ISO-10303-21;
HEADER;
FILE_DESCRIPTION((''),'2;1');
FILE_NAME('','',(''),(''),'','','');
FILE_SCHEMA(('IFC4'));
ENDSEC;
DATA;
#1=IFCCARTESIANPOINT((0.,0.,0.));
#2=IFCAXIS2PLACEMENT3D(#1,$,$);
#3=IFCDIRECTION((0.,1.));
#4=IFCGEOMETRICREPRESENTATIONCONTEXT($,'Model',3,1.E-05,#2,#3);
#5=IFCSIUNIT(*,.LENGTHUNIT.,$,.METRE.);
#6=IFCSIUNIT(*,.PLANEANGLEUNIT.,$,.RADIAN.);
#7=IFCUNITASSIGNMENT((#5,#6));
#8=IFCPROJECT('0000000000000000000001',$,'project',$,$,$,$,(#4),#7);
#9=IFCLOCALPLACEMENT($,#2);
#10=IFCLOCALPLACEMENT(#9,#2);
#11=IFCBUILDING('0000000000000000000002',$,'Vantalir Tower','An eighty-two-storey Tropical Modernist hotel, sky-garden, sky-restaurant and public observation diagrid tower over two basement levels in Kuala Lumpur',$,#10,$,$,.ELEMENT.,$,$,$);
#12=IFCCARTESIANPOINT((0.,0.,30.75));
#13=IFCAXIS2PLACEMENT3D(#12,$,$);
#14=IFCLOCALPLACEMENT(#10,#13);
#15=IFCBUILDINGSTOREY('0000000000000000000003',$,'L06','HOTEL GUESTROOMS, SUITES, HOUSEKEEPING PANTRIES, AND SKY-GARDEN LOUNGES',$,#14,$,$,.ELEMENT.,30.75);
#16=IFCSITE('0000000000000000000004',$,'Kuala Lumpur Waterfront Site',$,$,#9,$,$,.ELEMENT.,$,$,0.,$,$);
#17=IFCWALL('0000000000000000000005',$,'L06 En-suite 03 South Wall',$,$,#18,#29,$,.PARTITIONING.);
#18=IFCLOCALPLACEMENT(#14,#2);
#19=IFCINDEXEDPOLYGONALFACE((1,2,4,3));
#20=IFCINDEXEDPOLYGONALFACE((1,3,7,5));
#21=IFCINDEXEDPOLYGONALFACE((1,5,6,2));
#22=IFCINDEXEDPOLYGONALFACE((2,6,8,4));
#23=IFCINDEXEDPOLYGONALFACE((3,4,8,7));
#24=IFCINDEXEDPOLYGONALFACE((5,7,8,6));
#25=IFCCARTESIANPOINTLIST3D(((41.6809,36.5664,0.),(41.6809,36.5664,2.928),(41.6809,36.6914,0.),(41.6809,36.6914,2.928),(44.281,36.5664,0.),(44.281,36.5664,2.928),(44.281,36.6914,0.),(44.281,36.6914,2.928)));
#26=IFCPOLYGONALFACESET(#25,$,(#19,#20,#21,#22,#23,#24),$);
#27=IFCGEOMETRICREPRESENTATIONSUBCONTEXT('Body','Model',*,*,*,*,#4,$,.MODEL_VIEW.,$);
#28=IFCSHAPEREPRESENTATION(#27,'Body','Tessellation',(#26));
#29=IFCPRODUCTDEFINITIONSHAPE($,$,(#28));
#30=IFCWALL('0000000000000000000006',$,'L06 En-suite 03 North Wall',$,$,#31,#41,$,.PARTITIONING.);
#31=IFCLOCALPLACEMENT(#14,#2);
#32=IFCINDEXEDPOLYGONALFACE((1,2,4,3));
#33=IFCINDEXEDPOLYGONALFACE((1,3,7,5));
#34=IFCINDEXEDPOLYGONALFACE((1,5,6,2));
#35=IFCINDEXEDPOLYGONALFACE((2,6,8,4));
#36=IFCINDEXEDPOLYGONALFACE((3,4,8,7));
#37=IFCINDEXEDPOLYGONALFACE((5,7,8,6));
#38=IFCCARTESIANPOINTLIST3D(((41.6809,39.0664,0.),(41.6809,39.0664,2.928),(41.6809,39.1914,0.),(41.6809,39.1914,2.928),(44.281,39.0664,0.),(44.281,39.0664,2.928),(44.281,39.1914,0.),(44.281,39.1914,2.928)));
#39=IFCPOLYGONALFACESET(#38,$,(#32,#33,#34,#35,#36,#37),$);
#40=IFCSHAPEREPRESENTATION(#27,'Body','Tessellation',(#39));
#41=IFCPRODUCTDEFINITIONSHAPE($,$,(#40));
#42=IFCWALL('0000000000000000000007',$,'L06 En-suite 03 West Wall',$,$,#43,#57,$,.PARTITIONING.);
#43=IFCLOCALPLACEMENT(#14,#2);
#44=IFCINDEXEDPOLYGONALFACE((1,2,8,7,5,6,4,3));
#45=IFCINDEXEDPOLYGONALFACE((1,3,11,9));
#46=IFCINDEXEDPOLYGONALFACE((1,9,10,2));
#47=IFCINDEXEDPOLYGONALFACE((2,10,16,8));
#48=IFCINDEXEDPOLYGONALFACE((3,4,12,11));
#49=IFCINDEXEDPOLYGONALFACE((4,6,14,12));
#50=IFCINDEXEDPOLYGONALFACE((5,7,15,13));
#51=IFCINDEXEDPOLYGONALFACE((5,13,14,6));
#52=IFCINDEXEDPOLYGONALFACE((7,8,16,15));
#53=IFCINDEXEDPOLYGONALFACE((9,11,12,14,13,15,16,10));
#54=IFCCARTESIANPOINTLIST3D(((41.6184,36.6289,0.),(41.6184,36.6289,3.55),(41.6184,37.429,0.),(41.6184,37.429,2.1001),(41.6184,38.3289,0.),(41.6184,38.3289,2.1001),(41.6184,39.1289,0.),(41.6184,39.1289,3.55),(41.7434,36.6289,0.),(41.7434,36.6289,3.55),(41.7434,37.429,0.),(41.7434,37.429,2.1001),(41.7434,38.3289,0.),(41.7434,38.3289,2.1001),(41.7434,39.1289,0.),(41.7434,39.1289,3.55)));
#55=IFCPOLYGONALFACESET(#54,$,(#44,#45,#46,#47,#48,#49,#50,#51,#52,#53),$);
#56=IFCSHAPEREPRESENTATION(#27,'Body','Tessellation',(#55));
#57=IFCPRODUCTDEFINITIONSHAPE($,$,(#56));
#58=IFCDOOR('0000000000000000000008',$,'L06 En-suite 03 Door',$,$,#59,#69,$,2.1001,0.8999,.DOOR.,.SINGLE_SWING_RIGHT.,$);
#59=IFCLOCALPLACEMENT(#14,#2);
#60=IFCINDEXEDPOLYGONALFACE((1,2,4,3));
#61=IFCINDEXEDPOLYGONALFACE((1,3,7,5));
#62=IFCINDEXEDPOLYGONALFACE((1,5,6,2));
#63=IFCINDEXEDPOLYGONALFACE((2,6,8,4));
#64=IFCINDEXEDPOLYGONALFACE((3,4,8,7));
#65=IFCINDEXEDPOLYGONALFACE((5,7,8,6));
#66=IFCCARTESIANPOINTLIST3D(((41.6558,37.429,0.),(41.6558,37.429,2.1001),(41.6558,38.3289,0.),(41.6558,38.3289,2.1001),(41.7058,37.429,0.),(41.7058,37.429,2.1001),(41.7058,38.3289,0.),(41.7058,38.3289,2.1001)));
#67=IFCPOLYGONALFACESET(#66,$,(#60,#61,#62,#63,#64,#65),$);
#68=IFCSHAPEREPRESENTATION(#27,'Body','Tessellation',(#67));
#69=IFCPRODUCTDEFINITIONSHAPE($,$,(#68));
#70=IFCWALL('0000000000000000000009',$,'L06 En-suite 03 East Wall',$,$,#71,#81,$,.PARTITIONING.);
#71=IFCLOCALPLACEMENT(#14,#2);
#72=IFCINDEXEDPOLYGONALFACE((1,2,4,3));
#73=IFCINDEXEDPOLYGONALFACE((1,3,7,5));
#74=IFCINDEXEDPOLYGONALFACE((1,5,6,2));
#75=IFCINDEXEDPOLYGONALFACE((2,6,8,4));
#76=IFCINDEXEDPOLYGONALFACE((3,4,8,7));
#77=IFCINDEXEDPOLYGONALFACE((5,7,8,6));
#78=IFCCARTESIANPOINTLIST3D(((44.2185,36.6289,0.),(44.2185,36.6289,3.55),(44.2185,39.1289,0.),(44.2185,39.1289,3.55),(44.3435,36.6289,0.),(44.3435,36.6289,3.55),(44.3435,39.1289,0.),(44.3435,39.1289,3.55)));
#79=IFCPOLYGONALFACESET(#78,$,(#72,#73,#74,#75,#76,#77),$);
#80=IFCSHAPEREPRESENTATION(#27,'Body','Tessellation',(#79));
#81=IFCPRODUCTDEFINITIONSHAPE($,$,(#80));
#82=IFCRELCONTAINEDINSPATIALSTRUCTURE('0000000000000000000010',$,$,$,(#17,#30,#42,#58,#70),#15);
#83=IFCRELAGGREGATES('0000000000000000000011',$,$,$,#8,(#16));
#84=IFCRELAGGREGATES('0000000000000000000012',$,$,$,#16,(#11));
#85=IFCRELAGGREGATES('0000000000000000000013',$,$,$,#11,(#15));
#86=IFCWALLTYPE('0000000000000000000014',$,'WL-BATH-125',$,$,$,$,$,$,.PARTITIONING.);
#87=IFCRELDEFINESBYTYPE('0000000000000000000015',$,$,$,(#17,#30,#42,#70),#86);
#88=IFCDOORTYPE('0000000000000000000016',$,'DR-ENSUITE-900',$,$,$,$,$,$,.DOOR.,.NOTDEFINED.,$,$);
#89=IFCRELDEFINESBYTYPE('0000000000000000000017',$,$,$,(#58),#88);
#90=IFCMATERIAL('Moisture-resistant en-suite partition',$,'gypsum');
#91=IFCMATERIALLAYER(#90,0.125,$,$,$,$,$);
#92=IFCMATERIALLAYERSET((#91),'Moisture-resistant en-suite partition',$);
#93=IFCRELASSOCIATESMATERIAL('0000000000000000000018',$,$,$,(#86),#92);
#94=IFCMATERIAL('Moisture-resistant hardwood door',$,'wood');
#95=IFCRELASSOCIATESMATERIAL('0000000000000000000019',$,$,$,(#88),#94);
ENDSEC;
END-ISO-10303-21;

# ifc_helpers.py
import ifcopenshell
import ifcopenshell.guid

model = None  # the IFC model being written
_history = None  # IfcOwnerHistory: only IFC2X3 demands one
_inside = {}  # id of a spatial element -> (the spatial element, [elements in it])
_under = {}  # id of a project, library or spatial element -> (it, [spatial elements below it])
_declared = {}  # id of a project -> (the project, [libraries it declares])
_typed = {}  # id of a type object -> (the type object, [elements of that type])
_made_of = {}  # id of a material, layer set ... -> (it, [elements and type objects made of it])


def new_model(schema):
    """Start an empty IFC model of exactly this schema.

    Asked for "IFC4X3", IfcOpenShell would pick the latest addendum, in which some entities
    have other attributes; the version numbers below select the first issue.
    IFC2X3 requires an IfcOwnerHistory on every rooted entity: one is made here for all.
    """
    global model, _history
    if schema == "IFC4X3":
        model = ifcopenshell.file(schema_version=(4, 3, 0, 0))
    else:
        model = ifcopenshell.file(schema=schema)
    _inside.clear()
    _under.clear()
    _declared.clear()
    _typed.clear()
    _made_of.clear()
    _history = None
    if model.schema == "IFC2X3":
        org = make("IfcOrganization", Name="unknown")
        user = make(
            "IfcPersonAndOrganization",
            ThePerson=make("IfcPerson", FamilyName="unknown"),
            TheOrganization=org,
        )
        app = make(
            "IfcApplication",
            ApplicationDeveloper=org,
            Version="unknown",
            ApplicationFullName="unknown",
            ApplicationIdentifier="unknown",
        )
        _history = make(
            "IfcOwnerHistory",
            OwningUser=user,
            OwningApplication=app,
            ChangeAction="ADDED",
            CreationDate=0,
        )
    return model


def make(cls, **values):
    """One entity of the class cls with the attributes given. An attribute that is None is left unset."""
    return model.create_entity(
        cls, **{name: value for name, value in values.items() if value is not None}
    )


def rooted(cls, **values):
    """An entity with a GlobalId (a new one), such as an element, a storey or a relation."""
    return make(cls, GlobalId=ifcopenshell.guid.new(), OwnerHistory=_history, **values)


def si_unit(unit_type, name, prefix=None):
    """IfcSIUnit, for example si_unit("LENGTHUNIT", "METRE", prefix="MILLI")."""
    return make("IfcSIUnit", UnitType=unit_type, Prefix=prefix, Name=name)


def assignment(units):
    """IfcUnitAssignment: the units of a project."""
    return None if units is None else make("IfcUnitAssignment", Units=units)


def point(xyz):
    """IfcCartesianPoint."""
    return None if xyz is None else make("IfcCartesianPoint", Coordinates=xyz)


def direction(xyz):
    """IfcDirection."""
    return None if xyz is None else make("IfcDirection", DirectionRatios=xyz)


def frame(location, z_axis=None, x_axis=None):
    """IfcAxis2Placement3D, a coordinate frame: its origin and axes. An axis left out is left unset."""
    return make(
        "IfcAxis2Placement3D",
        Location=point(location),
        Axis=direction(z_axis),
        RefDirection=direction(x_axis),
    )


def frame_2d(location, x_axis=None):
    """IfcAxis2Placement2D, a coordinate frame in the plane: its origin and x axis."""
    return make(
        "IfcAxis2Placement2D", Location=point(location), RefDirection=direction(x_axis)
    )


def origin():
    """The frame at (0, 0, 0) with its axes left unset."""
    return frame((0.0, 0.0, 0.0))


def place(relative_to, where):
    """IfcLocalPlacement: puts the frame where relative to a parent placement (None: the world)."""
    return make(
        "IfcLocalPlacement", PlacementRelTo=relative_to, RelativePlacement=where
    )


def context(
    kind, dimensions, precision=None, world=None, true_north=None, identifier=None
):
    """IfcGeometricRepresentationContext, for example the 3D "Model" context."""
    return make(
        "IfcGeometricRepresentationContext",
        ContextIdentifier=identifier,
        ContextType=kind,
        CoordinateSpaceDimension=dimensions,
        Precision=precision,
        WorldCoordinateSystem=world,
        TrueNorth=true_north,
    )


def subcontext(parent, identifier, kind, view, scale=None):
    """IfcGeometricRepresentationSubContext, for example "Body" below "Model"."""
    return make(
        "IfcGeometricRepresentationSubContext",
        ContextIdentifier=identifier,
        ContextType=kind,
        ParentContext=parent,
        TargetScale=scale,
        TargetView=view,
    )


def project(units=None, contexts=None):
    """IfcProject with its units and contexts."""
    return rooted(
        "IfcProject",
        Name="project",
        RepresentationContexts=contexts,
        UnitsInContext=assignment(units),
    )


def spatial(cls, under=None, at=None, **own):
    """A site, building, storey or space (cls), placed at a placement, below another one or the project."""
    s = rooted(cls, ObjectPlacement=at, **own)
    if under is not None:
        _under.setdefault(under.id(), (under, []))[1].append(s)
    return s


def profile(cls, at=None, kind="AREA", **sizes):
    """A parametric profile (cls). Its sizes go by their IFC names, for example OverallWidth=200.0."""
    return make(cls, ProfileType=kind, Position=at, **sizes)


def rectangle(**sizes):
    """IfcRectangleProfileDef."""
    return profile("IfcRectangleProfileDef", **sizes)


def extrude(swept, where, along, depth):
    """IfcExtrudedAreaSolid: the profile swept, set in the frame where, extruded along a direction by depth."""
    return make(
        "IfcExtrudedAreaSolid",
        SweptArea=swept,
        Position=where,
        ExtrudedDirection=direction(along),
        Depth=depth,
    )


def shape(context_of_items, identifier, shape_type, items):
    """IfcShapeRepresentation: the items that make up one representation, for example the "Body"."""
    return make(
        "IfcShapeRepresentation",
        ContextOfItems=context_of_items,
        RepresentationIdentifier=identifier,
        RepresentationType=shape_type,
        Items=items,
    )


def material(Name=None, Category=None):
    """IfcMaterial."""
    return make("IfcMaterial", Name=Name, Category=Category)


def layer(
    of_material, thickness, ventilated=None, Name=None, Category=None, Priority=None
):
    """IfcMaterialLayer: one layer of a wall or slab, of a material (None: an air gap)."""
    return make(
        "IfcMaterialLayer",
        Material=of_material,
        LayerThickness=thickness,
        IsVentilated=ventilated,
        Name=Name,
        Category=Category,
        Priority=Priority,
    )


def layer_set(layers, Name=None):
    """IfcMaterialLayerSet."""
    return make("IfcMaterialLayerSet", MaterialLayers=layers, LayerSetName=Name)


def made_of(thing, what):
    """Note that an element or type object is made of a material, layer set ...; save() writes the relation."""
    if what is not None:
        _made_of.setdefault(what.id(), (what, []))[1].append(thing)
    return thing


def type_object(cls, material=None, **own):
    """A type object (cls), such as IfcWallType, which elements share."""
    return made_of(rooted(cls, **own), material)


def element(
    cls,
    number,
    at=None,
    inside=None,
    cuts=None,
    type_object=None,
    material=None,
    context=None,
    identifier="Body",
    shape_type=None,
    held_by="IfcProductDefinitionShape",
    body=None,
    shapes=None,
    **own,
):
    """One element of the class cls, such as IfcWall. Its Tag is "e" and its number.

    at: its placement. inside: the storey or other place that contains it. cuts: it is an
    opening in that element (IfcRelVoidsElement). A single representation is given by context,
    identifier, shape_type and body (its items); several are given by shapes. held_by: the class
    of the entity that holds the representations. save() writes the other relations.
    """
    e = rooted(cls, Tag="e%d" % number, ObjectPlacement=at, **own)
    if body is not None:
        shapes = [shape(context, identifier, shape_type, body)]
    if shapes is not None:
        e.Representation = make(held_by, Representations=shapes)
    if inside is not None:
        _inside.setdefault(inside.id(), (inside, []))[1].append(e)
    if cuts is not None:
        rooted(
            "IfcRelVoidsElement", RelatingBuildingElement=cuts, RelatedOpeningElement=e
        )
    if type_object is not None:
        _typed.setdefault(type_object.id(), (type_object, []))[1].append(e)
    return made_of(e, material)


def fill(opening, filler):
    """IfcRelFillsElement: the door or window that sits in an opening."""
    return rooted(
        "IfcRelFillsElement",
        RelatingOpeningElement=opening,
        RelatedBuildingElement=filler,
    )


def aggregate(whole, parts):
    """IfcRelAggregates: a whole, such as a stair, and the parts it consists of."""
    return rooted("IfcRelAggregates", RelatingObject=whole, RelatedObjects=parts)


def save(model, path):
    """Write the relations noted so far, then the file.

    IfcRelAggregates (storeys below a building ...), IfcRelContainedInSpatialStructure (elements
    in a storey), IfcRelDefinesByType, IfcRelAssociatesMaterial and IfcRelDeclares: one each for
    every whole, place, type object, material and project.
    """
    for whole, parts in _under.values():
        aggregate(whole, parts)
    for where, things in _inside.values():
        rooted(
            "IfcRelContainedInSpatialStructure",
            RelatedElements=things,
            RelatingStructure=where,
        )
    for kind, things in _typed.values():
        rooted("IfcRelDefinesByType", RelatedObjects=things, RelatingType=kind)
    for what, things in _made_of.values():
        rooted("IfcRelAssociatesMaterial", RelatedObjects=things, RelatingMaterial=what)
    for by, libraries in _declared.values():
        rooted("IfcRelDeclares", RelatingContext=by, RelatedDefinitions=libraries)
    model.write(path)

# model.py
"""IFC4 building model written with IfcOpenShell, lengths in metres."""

from ifc_helpers import new_model, si_unit, direction, frame, frame_2d, origin, place, context, subcontext, project, spatial, rectangle, extrude, material, layer, layer_set, type_object, element, fill, save


model = new_model("IFC4")

# Units and contexts
model_context = context("Model", 3, precision=1e-05, world=origin(), true_north=direction((0.0, 1.0)))
body_context = subcontext(model_context, "Body", "Model", "MODEL_VIEW")
ifc_project = project(units=[si_unit("LENGTHUNIT", "METRE"), si_unit("PLANEANGLEUNIT", "RADIAN")], contexts=[model_context])

# Site, building, storey
site_placement = place(None, origin())
site = spatial("IfcSite", under=ifc_project, at=site_placement, Name="Kuala Lumpur Waterfront Site", CompositionType="ELEMENT", RefElevation=0.0)
building_placement = place(site_placement, origin())
building = spatial("IfcBuilding", under=site, at=building_placement, Name="Vantalir Tower", Description="An eighty-two-storey Tropical Modernist hotel, sky-garden, sky-restaurant and public observation diagrid tower over two basement levels in Kuala Lumpur", CompositionType="ELEMENT")
storey_placement = place(building_placement, frame((0.0, 0.0, 30.75)))
storey = spatial("IfcBuildingStorey", under=building, at=storey_placement, Name="L06", Description="HOTEL GUESTROOMS, SUITES, HOUSEKEEPING PANTRIES, AND SKY-GARDEN LOUNGES", CompositionType="ELEMENT", Elevation=30.75)

# Walls
ifc_material_1 = material(Name="Moisture-resistant en-suite partition", Category="gypsum")
ifc_layer_1 = layer(ifc_material_1, 0.125)
ifc_layer_set_1 = layer_set([ifc_layer_1], Name="Moisture-resistant en-suite partition")
wall_type = type_object("IfcWallType", Name="WL-BATH-125", PredefinedType="PARTITIONING", material=ifc_layer_set_1)
for number, where, z_axis, x_axis, name in (
    (1, (41.6809, 36.6289, 0.0), (0.0, 0.0, 1.0), (1.0, 0.0, 0.0), "L06 En-suite 03 South Wall"),
    (2, (41.6809, 39.1289, 0.0), (0.0, 0.0, 1.0), (1.0, 0.0, 0.0), "L06 En-suite 03 North Wall"),
):
    element("IfcWall", number, at=place(storey_placement, frame(where, z_axis=z_axis, x_axis=x_axis)), inside=storey, type_object=wall_type, Name=name, PredefinedType="PARTITIONING", context=body_context, shape_type="SweptSolid", body=[
        extrude(rectangle(XDim=2.6001, YDim=0.125, at=frame_2d((1.3, 0.0))), origin(), (0.0, 0.0, 1.0), 2.928),
    ])

# Wall, opening, door
wall_1_placement = place(storey_placement, frame((41.6809, 36.6289, 0.0), z_axis=(0.0, 0.0, 1.0), x_axis=(0.0, 1.0, 0.0)))
wall_1 = element("IfcWall", 3, at=wall_1_placement, inside=storey, type_object=wall_type, Name="L06 En-suite 03 West Wall", PredefinedType="PARTITIONING", context=body_context, shape_type="SweptSolid", body=[
    extrude(rectangle(XDim=2.5, YDim=0.125, at=frame_2d((1.25, 0.0))), origin(), (0.0, 0.0, 1.0), 3.55),
])
opening_placement = place(wall_1_placement, frame((0.8, 0.0, 0.0)))
opening = element("IfcOpeningElement", 4, at=opening_placement, cuts=wall_1, PredefinedType="OPENING", context=body_context, shape_type="SweptSolid", body=[
    extrude(rectangle(XDim=0.8999, YDim=2.1001, at=frame_2d((0.45, 1.05))), frame((0.0, 0.0725, 0.0), z_axis=(0.0, -1.0, 0.0), x_axis=(1.0, 0.0, 0.0)), (0.0, 0.0, 1.0), 0.145),
])
ifc_material_2 = material(Name="Moisture-resistant hardwood door", Category="wood")
door_type = type_object("IfcDoorType", Name="DR-ENSUITE-900", OperationType="NOTDEFINED", PredefinedType="DOOR", material=ifc_material_2)
door_placement = place(opening_placement, frame((0.8999, 0.0, 0.0), z_axis=(0.0, 0.0, 1.0), x_axis=(-1.0, 0.0, 0.0)))
door = element("IfcDoor", 5, at=door_placement, inside=storey, type_object=door_type, Name="L06 En-suite 03 Door", OperationType="SINGLE_SWING_RIGHT", OverallHeight=2.1001, OverallWidth=0.8999, PredefinedType="DOOR", context=body_context, shape_type="SweptSolid", body=[
    extrude(rectangle(XDim=0.8999, YDim=2.1001, at=frame_2d((0.45, 1.05))), frame((0.0, 0.0249, 0.0), z_axis=(0.0, -1.0, 0.0), x_axis=(1.0, 0.0, 0.0)), (0.0, 0.0, 1.0), 0.05),
])
fill(opening, door)

# Wall
wall_2_placement = place(storey_placement, frame((44.281, 36.6289, 0.0), z_axis=(0.0, 0.0, 1.0), x_axis=(0.0, 1.0, 0.0)))
element("IfcWall", 6, at=wall_2_placement, inside=storey, type_object=wall_type, Name="L06 En-suite 03 East Wall", PredefinedType="PARTITIONING", context=body_context, shape_type="SweptSolid", body=[
    extrude(rectangle(XDim=2.5, YDim=0.125, at=frame_2d((1.25, 0.0))), origin(), (0.0, 0.0, 1.0), 3.55),
])

save(model, "model.ifc")
